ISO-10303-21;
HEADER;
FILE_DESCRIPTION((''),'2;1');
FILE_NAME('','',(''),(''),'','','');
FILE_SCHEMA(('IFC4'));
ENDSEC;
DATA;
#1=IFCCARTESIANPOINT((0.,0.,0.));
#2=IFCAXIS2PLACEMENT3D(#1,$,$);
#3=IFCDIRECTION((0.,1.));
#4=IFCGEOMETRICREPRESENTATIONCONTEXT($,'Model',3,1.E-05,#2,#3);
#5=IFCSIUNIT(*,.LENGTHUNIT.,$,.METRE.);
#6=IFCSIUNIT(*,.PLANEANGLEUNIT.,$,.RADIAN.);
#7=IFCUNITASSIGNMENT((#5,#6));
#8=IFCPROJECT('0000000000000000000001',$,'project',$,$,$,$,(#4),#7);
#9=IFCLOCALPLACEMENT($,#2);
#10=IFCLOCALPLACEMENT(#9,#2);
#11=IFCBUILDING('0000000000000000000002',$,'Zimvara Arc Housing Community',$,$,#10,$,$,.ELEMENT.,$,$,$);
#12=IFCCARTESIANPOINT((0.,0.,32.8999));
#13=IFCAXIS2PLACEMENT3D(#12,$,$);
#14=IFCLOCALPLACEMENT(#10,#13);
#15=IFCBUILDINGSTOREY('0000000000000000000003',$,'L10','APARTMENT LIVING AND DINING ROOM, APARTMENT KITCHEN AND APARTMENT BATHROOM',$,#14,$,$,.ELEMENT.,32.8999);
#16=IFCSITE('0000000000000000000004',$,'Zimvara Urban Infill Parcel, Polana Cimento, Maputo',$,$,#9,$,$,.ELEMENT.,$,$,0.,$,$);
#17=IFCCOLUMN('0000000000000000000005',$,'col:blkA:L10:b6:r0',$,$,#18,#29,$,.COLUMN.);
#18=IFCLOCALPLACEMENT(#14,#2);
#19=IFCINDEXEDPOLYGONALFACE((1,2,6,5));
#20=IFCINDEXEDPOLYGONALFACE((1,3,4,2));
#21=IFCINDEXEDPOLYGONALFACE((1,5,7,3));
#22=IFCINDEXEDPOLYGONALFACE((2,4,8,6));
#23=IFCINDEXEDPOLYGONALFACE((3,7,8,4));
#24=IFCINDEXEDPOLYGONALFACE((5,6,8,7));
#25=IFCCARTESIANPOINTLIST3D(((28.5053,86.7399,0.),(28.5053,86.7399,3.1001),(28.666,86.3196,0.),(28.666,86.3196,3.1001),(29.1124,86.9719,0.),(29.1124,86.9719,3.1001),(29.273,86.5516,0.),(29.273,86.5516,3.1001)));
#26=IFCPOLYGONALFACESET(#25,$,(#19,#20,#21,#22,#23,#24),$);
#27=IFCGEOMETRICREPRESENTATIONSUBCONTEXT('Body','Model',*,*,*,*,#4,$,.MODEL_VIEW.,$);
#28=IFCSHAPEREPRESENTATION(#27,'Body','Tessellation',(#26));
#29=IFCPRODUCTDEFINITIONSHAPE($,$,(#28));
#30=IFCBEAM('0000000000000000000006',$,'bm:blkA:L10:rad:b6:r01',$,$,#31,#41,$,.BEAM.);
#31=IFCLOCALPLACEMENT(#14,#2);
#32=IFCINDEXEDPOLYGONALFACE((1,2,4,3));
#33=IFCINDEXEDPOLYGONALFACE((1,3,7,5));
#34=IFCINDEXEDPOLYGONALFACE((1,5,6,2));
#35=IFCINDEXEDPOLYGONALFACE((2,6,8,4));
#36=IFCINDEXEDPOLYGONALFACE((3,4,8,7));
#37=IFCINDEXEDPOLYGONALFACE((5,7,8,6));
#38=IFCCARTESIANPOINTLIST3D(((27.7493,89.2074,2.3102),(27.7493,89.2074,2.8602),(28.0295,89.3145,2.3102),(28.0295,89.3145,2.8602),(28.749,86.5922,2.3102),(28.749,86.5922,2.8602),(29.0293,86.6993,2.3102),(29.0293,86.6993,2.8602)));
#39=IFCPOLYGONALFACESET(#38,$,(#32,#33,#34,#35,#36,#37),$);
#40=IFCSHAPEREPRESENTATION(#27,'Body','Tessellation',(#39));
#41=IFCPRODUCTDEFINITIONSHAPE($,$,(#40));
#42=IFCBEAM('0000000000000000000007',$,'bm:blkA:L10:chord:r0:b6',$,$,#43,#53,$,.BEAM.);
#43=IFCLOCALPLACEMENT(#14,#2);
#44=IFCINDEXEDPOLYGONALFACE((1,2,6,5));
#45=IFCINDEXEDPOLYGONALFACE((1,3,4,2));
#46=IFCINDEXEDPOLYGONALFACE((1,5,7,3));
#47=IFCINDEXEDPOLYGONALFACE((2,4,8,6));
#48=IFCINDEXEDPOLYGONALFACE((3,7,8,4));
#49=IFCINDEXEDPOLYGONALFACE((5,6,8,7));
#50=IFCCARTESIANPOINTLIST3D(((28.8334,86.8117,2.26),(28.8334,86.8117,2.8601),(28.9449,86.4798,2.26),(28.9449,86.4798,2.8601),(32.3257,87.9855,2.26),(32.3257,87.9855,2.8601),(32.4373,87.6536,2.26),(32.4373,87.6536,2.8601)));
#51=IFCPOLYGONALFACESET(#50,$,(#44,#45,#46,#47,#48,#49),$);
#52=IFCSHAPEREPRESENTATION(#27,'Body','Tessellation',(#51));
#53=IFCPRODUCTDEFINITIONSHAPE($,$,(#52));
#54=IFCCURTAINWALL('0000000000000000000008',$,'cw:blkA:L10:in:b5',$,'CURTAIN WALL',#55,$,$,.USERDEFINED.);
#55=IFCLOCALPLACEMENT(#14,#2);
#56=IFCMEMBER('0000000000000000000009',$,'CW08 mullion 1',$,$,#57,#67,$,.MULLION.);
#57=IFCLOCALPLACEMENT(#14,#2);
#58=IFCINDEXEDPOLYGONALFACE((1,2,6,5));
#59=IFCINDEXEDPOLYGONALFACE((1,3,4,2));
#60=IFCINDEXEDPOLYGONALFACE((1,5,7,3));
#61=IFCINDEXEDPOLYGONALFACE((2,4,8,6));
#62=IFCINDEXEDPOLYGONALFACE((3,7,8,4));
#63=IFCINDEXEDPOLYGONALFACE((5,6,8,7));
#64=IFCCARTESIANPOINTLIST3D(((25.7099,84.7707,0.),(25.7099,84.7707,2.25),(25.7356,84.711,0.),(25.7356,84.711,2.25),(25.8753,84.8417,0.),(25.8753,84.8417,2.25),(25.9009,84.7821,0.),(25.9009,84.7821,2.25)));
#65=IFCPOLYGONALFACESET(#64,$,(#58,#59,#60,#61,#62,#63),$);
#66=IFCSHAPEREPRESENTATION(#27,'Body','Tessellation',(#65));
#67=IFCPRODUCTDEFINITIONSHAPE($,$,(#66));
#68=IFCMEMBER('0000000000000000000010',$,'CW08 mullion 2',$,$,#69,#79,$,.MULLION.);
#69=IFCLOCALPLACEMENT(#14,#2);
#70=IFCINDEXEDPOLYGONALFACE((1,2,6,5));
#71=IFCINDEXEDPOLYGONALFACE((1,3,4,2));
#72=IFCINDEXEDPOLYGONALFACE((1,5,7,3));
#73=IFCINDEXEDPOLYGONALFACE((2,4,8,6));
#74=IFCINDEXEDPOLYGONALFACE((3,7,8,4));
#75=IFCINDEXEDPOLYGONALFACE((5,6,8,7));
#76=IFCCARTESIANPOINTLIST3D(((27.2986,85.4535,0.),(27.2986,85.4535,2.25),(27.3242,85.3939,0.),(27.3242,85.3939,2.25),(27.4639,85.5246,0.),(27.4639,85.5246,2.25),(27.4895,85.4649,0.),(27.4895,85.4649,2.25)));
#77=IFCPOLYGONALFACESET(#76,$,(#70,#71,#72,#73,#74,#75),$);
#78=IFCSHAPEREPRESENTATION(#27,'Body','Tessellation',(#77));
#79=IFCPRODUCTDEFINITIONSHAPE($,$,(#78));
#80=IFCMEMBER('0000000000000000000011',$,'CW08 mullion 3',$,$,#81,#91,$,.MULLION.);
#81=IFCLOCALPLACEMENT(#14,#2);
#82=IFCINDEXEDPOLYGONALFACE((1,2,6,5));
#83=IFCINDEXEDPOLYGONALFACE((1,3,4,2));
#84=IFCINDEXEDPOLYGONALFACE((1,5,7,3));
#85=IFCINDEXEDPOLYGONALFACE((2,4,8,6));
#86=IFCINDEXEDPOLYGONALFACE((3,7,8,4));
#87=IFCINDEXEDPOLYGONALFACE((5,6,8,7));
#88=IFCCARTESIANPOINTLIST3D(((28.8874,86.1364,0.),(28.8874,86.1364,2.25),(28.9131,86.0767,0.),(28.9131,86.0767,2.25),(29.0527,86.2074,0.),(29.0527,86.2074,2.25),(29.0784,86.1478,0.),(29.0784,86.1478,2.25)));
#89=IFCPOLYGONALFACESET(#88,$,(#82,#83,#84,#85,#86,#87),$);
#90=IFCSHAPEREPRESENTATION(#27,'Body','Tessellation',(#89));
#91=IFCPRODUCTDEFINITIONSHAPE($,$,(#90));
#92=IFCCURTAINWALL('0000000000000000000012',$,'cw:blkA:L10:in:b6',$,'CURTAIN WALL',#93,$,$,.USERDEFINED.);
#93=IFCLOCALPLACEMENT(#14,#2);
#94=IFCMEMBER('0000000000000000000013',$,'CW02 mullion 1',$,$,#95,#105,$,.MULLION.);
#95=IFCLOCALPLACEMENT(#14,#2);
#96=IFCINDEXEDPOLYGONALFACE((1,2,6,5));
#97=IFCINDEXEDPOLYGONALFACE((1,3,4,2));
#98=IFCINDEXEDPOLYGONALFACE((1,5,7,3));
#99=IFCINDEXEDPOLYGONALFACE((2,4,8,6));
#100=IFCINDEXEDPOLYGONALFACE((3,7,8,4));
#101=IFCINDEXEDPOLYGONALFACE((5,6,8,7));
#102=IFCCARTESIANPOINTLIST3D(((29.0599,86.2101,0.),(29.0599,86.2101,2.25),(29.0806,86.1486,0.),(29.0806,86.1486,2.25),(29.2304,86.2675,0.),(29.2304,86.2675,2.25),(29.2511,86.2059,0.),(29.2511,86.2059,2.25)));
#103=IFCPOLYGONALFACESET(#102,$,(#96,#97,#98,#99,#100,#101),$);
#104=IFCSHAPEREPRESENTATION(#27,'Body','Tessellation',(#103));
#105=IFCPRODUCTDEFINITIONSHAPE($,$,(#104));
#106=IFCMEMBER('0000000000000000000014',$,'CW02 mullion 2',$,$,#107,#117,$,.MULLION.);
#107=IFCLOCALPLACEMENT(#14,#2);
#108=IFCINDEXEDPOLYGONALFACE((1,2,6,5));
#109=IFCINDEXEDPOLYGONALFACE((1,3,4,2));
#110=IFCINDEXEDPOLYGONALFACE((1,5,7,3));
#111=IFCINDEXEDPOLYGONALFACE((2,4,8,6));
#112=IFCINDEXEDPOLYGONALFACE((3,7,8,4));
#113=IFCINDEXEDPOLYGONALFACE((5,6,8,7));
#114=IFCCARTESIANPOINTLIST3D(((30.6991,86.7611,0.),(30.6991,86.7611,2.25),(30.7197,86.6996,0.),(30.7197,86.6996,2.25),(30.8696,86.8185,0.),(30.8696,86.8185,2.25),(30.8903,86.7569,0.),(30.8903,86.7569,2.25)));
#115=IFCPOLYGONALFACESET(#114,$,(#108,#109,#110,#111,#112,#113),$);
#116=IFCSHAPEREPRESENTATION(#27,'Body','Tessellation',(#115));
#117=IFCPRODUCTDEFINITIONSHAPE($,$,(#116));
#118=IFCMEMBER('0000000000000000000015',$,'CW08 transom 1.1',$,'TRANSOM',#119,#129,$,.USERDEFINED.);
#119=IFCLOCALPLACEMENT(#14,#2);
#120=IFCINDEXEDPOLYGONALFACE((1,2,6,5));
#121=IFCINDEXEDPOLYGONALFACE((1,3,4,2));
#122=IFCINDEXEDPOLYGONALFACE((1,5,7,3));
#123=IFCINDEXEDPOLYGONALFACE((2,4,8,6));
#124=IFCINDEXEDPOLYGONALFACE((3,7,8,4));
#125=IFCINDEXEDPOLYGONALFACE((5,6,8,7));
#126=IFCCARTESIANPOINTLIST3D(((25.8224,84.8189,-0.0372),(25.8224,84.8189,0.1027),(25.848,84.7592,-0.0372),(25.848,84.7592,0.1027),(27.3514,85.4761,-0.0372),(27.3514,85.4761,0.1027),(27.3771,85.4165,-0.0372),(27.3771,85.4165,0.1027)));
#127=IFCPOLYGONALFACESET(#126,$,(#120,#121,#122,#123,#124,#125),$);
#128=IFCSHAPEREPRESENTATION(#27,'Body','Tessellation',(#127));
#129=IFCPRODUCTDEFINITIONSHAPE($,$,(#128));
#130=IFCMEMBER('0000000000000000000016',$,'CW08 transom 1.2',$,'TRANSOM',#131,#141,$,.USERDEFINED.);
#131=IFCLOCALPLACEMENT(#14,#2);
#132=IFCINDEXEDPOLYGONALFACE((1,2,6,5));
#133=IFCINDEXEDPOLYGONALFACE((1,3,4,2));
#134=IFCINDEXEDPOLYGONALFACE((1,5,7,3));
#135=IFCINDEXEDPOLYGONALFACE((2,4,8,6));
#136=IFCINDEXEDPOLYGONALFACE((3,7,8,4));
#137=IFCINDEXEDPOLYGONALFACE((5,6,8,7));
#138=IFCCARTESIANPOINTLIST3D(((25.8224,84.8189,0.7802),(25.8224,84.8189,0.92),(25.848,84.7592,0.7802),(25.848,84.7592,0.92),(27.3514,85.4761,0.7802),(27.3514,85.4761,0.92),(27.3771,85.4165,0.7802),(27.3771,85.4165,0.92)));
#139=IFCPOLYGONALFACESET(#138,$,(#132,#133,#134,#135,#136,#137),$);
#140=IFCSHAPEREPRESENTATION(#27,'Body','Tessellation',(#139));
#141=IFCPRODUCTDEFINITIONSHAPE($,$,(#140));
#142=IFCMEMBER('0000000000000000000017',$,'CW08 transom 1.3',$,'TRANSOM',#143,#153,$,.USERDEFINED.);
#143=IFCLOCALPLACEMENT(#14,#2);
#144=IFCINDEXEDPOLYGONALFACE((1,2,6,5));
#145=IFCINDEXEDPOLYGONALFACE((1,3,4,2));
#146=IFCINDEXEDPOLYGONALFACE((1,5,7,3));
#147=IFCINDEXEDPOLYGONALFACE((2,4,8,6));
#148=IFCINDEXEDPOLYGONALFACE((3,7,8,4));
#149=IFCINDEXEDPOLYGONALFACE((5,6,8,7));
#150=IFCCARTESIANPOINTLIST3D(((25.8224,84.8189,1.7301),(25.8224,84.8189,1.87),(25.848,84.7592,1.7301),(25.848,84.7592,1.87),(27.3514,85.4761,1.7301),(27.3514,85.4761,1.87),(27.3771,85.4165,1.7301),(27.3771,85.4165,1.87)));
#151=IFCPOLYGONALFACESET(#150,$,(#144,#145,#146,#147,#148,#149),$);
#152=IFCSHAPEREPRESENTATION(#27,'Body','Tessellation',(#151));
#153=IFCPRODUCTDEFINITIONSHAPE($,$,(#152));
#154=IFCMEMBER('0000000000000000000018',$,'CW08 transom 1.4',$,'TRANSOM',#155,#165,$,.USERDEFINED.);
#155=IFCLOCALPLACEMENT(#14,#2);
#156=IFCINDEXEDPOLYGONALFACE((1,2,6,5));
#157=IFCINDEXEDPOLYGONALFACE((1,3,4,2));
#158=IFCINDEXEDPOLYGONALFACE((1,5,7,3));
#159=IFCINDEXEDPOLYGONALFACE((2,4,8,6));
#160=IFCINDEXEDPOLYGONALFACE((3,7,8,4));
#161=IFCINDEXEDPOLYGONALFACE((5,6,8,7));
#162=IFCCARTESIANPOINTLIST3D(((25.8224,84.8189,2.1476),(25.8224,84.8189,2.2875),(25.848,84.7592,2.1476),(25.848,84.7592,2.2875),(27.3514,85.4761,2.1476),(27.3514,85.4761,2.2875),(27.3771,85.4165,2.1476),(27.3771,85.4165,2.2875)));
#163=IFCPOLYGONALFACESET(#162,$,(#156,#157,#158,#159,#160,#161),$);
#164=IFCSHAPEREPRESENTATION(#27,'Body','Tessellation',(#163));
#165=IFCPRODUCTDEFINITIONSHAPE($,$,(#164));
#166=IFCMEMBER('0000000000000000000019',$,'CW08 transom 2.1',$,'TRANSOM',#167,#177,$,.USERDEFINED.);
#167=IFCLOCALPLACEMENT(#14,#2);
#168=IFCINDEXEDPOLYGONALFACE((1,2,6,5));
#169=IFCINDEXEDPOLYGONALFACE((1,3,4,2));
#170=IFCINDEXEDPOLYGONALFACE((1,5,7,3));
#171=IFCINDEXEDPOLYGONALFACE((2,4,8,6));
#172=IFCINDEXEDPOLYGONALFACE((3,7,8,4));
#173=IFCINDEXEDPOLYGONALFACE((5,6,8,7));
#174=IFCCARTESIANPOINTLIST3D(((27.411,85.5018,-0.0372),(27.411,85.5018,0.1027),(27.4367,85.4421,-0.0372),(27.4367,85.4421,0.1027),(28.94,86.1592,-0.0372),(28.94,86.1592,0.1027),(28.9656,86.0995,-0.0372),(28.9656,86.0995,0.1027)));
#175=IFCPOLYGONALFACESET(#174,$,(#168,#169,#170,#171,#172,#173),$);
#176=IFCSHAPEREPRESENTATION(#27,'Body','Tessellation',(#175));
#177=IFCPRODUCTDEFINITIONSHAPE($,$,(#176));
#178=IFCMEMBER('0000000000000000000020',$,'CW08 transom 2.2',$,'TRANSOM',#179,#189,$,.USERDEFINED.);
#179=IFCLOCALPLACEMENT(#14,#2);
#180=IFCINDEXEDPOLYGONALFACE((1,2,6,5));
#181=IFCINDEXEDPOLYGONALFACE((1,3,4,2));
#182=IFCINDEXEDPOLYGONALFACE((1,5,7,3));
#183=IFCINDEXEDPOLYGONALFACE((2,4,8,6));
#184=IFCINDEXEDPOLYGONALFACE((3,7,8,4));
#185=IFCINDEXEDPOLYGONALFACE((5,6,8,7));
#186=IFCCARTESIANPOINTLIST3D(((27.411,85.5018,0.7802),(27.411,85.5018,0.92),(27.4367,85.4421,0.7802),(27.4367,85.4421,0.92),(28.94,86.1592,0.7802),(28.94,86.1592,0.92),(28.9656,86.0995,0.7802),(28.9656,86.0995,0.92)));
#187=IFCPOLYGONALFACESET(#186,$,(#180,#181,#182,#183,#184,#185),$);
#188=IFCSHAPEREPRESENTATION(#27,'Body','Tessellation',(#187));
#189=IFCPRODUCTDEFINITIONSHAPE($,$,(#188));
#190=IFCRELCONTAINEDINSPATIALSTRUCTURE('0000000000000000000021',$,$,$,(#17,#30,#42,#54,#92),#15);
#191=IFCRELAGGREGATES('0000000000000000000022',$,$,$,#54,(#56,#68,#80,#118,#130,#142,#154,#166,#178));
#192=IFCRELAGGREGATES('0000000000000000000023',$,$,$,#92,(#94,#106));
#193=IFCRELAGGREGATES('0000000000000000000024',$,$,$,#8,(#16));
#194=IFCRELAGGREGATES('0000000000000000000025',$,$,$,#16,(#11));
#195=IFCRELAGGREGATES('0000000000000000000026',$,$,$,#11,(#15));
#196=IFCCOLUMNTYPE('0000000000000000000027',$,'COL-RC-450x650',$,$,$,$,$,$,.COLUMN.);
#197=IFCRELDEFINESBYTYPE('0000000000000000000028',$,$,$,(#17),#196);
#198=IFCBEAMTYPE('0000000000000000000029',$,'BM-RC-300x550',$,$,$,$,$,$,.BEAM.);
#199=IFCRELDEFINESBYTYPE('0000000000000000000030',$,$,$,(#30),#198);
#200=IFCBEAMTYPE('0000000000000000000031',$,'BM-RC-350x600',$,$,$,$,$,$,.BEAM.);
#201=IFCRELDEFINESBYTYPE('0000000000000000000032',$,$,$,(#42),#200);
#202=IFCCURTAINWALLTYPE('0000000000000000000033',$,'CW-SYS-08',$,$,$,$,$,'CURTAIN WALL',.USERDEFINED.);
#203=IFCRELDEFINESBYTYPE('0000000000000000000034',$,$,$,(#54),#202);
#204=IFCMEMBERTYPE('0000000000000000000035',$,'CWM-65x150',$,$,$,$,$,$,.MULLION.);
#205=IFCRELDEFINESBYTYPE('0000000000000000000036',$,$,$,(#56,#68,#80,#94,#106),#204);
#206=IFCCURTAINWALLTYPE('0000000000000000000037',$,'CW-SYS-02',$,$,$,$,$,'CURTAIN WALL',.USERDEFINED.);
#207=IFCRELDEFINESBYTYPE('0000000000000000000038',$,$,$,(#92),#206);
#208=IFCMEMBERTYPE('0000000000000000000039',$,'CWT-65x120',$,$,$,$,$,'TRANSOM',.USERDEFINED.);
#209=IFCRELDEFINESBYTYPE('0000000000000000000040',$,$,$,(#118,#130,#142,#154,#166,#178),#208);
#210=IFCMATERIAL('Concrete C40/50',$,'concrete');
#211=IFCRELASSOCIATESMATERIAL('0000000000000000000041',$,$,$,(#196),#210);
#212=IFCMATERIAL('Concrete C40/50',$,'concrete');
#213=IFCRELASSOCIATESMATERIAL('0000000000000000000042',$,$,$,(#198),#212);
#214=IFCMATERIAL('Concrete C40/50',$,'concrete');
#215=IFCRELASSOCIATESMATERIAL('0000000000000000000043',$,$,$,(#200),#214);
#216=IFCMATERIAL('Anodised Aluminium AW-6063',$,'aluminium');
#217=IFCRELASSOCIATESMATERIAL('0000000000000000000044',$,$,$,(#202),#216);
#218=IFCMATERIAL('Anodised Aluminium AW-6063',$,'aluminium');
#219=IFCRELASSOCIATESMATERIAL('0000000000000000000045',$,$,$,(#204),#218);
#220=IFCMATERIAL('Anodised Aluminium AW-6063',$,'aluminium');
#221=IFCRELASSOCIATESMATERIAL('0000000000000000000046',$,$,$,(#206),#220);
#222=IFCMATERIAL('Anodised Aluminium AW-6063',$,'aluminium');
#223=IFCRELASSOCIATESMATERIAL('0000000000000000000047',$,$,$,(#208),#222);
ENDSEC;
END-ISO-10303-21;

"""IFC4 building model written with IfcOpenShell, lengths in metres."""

from ifc_helpers import new_model, si_unit, direction, frame, origin, origin_2d, place, context, subcontext, project, spatial, rectangle, extrude, material, material_profile, profile_set, type_object, element, aggregate, save


model = new_model("IFC4")

# Units and contexts
model_context = context("Model", 3, precision=1e-05, world=origin(), true_north=direction((0.0, 1.0)))
body_context = subcontext(model_context, "Body", "Model", "MODEL_VIEW")
ifc_project = project(units=[si_unit("LENGTHUNIT", "METRE"), si_unit("PLANEANGLEUNIT", "RADIAN")], contexts=[model_context])

# Site, building, storey
site_placement = place(None, origin())
site = spatial("IfcSite", under=ifc_project, at=site_placement, Name="Zimvara Urban Infill Parcel, Polana Cimento, Maputo", CompositionType="ELEMENT", RefElevation=0.0)
building_placement = place(site_placement, origin())
building = spatial("IfcBuilding", under=site, at=building_placement, Name="Zimvara Arc Housing Community", CompositionType="ELEMENT")
storey_placement = place(building_placement, frame((0.0, 0.0, 32.8999)))
storey = spatial("IfcBuildingStorey", under=building, at=storey_placement, Name="L10", Description="APARTMENT LIVING AND DINING ROOM, APARTMENT KITCHEN AND APARTMENT BATHROOM", CompositionType="ELEMENT", Elevation=32.8999)

# Column
ifc_material_1 = material(Name="Concrete C40/50", Category="concrete")
ifc_material_profile_1 = material_profile(ifc_material_1, rectangle(XDim=0.45, YDim=0.6499, at=origin_2d()), Name="RC 450x650")
ifc_profile_set_1 = profile_set([ifc_material_profile_1], Name="Concrete C40/50")
column_type = type_object("IfcColumnType", Name="COL-RC-450x650", PredefinedType="COLUMN", material=ifc_profile_set_1)
column_placement = place(storey_placement, frame((28.8892, 86.6458, 0.0), z_axis=(0.0, 0.0, 1.0), x_axis=(-0.357064, 0.93408, 0.0)))
element("IfcColumn", 1, at=column_placement, inside=storey, type_object=column_type, Name="col:blkA:L10:b6:r0", PredefinedType="COLUMN", context=body_context, shape_type="SweptSolid", body=[
    extrude(rectangle(XDim=0.45, YDim=0.6499, at=origin_2d()), origin(), (0.0, 0.0, 1.0), 3.1001),
])

# Beams
ifc_material_2 = material(Name="Concrete C40/50", Category="concrete")
ifc_material_profile_2 = material_profile(ifc_material_2, rectangle(XDim=0.3, YDim=0.55, at=origin_2d()), Name="RC 300x550")
ifc_profile_set_2 = profile_set([ifc_material_profile_2], Name="Concrete C40/50")
beam_type_1 = type_object("IfcBeamType", Name="BM-RC-300x550", PredefinedType="BEAM", material=ifc_profile_set_2)
beam_1_placement = place(storey_placement, frame((28.8892, 86.6458, 2.5852), z_axis=(-0.357079, 0.934074, 0.0), x_axis=(-0.934074, -0.357079, 0.0)))
element("IfcBeam", 2, at=beam_1_placement, inside=storey, type_object=beam_type_1, Name="bm:blkA:L10:rad:b6:r01", PredefinedType="BEAM", context=body_context, shape_type="SweptSolid", body=[
    extrude(rectangle(XDim=0.3, YDim=0.55, at=origin_2d()), origin(), (0.0, 0.0, 1.0), 2.7998),
])
ifc_material_3 = material(Name="Concrete C40/50", Category="concrete")
ifc_material_profile_3 = material_profile(ifc_material_3, rectangle(XDim=0.3501, YDim=0.6001, at=origin_2d()), Name="RC 350x600")
ifc_profile_set_3 = profile_set([ifc_material_profile_3], Name="Concrete C40/50")
beam_type_2 = type_object("IfcBeamType", Name="BM-RC-350x600", PredefinedType="BEAM", material=ifc_profile_set_3)
beam_2_placement = place(storey_placement, frame((28.8892, 86.6458, 2.5601), z_axis=(0.947892, 0.318592, 0.0), x_axis=(-0.318592, 0.947892, 0.0)))
element("IfcBeam", 3, at=beam_2_placement, inside=storey, type_object=beam_type_2, Name="bm:blkA:L10:chord:r0:b6", PredefinedType="BEAM", context=body_context, shape_type="SweptSolid", body=[
    extrude(rectangle(XDim=0.3501, YDim=0.6001, at=origin_2d()), origin(), (0.0, 0.0, 1.0), 3.6843),
])

# Curtain walls, members
ifc_material_4 = material(Name="Anodised Aluminium AW-6063", Category="aluminium")
curtain_wall_type_1 = type_object("IfcCurtainWallType", Name="CW-SYS-08", ElementType="CURTAIN WALL", PredefinedType="USERDEFINED", material=ifc_material_4)
curtain_wall_1_placement = place(storey_placement, origin())
curtain_wall_1 = element("IfcCurtainWall", 4, at=curtain_wall_1_placement, inside=storey, type_object=curtain_wall_type_1, Name="cw:blkA:L10:in:b5", ObjectType="CURTAIN WALL", PredefinedType="USERDEFINED")
ifc_material_5 = material(Name="Anodised Aluminium AW-6063", Category="aluminium")
ifc_material_profile_4 = material_profile(ifc_material_5, rectangle(XDim=0.0649, YDim=0.1799, at=origin_2d()), Name="ALU 65x180")
ifc_profile_set_4 = profile_set([ifc_material_profile_4], Name="Anodised Aluminium AW-6063")
member_type_1 = type_object("IfcMemberType", Name="CWM-65x150", PredefinedType="MULLION", material=ifc_profile_set_4)
member_1_placement = place(storey_placement, frame((25.8054, 84.7764, 0.0), z_axis=(0.0, 0.0, 1.0), x_axis=(-0.394904, 0.918722, 0.0)))
member_1 = element("IfcMember", 5, at=member_1_placement, type_object=member_type_1, Name="CW08 mullion 1", PredefinedType="MULLION", context=body_context, shape_type="SweptSolid", body=[
    extrude(rectangle(XDim=0.0649, YDim=0.1799, at=origin_2d()), origin(), (0.0, 0.0, 1.0), 2.25),
])
member_2_placement = place(storey_placement, frame((27.394, 85.4592, 0.0), z_axis=(0.0, 0.0, 1.0), x_axis=(-0.394904, 0.918722, 0.0)))
member_2 = element("IfcMember", 6, at=member_2_placement, type_object=member_type_1, Name="CW08 mullion 2", PredefinedType="MULLION", context=body_context, shape_type="SweptSolid", body=[
    extrude(rectangle(XDim=0.0649, YDim=0.1799, at=origin_2d()), origin(), (0.0, 0.0, 1.0), 2.25),
])
member_3_placement = place(storey_placement, frame((28.9829, 86.1421, 0.0), z_axis=(0.0, 0.0, 1.0), x_axis=(-0.394904, 0.918722, 0.0)))
member_3 = element("IfcMember", 7, at=member_3_placement, type_object=member_type_1, Name="CW08 mullion 3", PredefinedType="MULLION", context=body_context, shape_type="SweptSolid", body=[
    extrude(rectangle(XDim=0.0649, YDim=0.1799, at=origin_2d()), origin(), (0.0, 0.0, 1.0), 2.25),
])
ifc_material_6 = material(Name="Anodised Aluminium AW-6063", Category="aluminium")
curtain_wall_type_2 = type_object("IfcCurtainWallType", Name="CW-SYS-02", ElementType="CURTAIN WALL", PredefinedType="USERDEFINED", material=ifc_material_6)
curtain_wall_2_placement = place(storey_placement, origin())
curtain_wall_2 = element("IfcCurtainWall", 8, at=curtain_wall_2_placement, inside=storey, type_object=curtain_wall_type_2, Name="cw:blkA:L10:in:b6", ObjectType="CURTAIN WALL", PredefinedType="USERDEFINED")
member_4_placement = place(storey_placement, frame((29.1555, 86.208, 0.0), z_axis=(0.0, 0.0, 1.0), x_axis=(-0.31863, 0.947879, 0.0)))
member_4 = element("IfcMember", 9, at=member_4_placement, type_object=member_type_1, Name="CW02 mullion 1", PredefinedType="MULLION", context=body_context, shape_type="SweptSolid", body=[
    extrude(rectangle(XDim=0.0649, YDim=0.1799, at=origin_2d()), origin(), (0.0, 0.0, 1.0), 2.25),
])
member_5_placement = place(storey_placement, frame((30.7947, 86.759, 0.0), z_axis=(0.0, 0.0, 1.0), x_axis=(-0.31863, 0.947879, 0.0)))
member_5 = element("IfcMember", 10, at=member_5_placement, type_object=member_type_1, Name="CW02 mullion 2", PredefinedType="MULLION", context=body_context, shape_type="SweptSolid", body=[
    extrude(rectangle(XDim=0.0649, YDim=0.1799, at=origin_2d()), origin(), (0.0, 0.0, 1.0), 2.25),
])

# Members
ifc_material_7 = material(Name="Anodised Aluminium AW-6063", Category="aluminium")
ifc_material_profile_5 = material_profile(ifc_material_7, rectangle(XDim=0.0649, YDim=0.1399, at=origin_2d()), Name="ALU 65x140")
ifc_profile_set_5 = profile_set([ifc_material_profile_5], Name="Anodised Aluminium AW-6063")
member_type_2 = type_object("IfcMemberType", Name="CWT-65x120", ElementType="TRANSOM", PredefinedType="USERDEFINED", material=ifc_profile_set_5)
member_6_placement = place(storey_placement, frame((25.8352, 84.7891, 0.0327), z_axis=(0.918727, 0.394893, 0.0), x_axis=(-0.394893, 0.918727, 0.0)))
member_6 = element("IfcMember", 11, at=member_6_placement, type_object=member_type_2, Name="CW08 transom 1.1", ObjectType="TRANSOM", PredefinedType="USERDEFINED", context=body_context, shape_type="SweptSolid", body=[
    extrude(rectangle(XDim=0.0649, YDim=0.1399, at=origin_2d()), origin(), (0.0, 0.0, 1.0), 1.6643),
])
member_7_placement = place(storey_placement, frame((25.8352, 84.7891, 0.8501), z_axis=(0.918727, 0.394893, 0.0), x_axis=(-0.394893, 0.918727, 0.0)))
member_7 = element("IfcMember", 12, at=member_7_placement, type_object=member_type_2, Name="CW08 transom 1.2", ObjectType="TRANSOM", PredefinedType="USERDEFINED", context=body_context, shape_type="SweptSolid", body=[
    extrude(rectangle(XDim=0.0649, YDim=0.1399, at=origin_2d()), origin(), (0.0, 0.0, 1.0), 1.6643),
])
member_8_placement = place(storey_placement, frame((25.8352, 84.7891, 1.8), z_axis=(0.918727, 0.394893, 0.0), x_axis=(-0.394893, 0.918727, 0.0)))
member_8 = element("IfcMember", 13, at=member_8_placement, type_object=member_type_2, Name="CW08 transom 1.3", ObjectType="TRANSOM", PredefinedType="USERDEFINED", context=body_context, shape_type="SweptSolid", body=[
    extrude(rectangle(XDim=0.0649, YDim=0.1399, at=origin_2d()), origin(), (0.0, 0.0, 1.0), 1.6643),
])
member_9_placement = place(storey_placement, frame((25.8352, 84.7891, 2.2175), z_axis=(0.918727, 0.394893, 0.0), x_axis=(-0.394893, 0.918727, 0.0)))
member_9 = element("IfcMember", 14, at=member_9_placement, type_object=member_type_2, Name="CW08 transom 1.4", ObjectType="TRANSOM", PredefinedType="USERDEFINED", context=body_context, shape_type="SweptSolid", body=[
    extrude(rectangle(XDim=0.0649, YDim=0.1399, at=origin_2d()), origin(), (0.0, 0.0, 1.0), 1.6643),
])
member_10_placement = place(storey_placement, frame((27.4238, 85.4719, 0.0327), z_axis=(0.918674, 0.395017, 0.0), x_axis=(-0.395017, 0.918674, 0.0)))
member_10 = element("IfcMember", 15, at=member_10_placement, type_object=member_type_2, Name="CW08 transom 2.1", ObjectType="TRANSOM", PredefinedType="USERDEFINED", context=body_context, shape_type="SweptSolid", body=[
    extrude(rectangle(XDim=0.0649, YDim=0.1399, at=origin_2d()), origin(), (0.0, 0.0, 1.0), 1.6643),
])
member_11_placement = place(storey_placement, frame((27.4238, 85.4719, 0.8501), z_axis=(0.918674, 0.395017, 0.0), x_axis=(-0.395017, 0.918674, 0.0)))
member_11 = element("IfcMember", 16, at=member_11_placement, type_object=member_type_2, Name="CW08 transom 2.2", ObjectType="TRANSOM", PredefinedType="USERDEFINED", context=body_context, shape_type="SweptSolid", body=[
    extrude(rectangle(XDim=0.0649, YDim=0.1399, at=origin_2d()), origin(), (0.0, 0.0, 1.0), 1.6643),
])

aggregate(curtain_wall_1, [member_1, member_2, member_3, member_6, member_7, member_8, member_9, member_10, member_11])
aggregate(curtain_wall_2, [member_4, member_5])

save(model, "model.ifc")
